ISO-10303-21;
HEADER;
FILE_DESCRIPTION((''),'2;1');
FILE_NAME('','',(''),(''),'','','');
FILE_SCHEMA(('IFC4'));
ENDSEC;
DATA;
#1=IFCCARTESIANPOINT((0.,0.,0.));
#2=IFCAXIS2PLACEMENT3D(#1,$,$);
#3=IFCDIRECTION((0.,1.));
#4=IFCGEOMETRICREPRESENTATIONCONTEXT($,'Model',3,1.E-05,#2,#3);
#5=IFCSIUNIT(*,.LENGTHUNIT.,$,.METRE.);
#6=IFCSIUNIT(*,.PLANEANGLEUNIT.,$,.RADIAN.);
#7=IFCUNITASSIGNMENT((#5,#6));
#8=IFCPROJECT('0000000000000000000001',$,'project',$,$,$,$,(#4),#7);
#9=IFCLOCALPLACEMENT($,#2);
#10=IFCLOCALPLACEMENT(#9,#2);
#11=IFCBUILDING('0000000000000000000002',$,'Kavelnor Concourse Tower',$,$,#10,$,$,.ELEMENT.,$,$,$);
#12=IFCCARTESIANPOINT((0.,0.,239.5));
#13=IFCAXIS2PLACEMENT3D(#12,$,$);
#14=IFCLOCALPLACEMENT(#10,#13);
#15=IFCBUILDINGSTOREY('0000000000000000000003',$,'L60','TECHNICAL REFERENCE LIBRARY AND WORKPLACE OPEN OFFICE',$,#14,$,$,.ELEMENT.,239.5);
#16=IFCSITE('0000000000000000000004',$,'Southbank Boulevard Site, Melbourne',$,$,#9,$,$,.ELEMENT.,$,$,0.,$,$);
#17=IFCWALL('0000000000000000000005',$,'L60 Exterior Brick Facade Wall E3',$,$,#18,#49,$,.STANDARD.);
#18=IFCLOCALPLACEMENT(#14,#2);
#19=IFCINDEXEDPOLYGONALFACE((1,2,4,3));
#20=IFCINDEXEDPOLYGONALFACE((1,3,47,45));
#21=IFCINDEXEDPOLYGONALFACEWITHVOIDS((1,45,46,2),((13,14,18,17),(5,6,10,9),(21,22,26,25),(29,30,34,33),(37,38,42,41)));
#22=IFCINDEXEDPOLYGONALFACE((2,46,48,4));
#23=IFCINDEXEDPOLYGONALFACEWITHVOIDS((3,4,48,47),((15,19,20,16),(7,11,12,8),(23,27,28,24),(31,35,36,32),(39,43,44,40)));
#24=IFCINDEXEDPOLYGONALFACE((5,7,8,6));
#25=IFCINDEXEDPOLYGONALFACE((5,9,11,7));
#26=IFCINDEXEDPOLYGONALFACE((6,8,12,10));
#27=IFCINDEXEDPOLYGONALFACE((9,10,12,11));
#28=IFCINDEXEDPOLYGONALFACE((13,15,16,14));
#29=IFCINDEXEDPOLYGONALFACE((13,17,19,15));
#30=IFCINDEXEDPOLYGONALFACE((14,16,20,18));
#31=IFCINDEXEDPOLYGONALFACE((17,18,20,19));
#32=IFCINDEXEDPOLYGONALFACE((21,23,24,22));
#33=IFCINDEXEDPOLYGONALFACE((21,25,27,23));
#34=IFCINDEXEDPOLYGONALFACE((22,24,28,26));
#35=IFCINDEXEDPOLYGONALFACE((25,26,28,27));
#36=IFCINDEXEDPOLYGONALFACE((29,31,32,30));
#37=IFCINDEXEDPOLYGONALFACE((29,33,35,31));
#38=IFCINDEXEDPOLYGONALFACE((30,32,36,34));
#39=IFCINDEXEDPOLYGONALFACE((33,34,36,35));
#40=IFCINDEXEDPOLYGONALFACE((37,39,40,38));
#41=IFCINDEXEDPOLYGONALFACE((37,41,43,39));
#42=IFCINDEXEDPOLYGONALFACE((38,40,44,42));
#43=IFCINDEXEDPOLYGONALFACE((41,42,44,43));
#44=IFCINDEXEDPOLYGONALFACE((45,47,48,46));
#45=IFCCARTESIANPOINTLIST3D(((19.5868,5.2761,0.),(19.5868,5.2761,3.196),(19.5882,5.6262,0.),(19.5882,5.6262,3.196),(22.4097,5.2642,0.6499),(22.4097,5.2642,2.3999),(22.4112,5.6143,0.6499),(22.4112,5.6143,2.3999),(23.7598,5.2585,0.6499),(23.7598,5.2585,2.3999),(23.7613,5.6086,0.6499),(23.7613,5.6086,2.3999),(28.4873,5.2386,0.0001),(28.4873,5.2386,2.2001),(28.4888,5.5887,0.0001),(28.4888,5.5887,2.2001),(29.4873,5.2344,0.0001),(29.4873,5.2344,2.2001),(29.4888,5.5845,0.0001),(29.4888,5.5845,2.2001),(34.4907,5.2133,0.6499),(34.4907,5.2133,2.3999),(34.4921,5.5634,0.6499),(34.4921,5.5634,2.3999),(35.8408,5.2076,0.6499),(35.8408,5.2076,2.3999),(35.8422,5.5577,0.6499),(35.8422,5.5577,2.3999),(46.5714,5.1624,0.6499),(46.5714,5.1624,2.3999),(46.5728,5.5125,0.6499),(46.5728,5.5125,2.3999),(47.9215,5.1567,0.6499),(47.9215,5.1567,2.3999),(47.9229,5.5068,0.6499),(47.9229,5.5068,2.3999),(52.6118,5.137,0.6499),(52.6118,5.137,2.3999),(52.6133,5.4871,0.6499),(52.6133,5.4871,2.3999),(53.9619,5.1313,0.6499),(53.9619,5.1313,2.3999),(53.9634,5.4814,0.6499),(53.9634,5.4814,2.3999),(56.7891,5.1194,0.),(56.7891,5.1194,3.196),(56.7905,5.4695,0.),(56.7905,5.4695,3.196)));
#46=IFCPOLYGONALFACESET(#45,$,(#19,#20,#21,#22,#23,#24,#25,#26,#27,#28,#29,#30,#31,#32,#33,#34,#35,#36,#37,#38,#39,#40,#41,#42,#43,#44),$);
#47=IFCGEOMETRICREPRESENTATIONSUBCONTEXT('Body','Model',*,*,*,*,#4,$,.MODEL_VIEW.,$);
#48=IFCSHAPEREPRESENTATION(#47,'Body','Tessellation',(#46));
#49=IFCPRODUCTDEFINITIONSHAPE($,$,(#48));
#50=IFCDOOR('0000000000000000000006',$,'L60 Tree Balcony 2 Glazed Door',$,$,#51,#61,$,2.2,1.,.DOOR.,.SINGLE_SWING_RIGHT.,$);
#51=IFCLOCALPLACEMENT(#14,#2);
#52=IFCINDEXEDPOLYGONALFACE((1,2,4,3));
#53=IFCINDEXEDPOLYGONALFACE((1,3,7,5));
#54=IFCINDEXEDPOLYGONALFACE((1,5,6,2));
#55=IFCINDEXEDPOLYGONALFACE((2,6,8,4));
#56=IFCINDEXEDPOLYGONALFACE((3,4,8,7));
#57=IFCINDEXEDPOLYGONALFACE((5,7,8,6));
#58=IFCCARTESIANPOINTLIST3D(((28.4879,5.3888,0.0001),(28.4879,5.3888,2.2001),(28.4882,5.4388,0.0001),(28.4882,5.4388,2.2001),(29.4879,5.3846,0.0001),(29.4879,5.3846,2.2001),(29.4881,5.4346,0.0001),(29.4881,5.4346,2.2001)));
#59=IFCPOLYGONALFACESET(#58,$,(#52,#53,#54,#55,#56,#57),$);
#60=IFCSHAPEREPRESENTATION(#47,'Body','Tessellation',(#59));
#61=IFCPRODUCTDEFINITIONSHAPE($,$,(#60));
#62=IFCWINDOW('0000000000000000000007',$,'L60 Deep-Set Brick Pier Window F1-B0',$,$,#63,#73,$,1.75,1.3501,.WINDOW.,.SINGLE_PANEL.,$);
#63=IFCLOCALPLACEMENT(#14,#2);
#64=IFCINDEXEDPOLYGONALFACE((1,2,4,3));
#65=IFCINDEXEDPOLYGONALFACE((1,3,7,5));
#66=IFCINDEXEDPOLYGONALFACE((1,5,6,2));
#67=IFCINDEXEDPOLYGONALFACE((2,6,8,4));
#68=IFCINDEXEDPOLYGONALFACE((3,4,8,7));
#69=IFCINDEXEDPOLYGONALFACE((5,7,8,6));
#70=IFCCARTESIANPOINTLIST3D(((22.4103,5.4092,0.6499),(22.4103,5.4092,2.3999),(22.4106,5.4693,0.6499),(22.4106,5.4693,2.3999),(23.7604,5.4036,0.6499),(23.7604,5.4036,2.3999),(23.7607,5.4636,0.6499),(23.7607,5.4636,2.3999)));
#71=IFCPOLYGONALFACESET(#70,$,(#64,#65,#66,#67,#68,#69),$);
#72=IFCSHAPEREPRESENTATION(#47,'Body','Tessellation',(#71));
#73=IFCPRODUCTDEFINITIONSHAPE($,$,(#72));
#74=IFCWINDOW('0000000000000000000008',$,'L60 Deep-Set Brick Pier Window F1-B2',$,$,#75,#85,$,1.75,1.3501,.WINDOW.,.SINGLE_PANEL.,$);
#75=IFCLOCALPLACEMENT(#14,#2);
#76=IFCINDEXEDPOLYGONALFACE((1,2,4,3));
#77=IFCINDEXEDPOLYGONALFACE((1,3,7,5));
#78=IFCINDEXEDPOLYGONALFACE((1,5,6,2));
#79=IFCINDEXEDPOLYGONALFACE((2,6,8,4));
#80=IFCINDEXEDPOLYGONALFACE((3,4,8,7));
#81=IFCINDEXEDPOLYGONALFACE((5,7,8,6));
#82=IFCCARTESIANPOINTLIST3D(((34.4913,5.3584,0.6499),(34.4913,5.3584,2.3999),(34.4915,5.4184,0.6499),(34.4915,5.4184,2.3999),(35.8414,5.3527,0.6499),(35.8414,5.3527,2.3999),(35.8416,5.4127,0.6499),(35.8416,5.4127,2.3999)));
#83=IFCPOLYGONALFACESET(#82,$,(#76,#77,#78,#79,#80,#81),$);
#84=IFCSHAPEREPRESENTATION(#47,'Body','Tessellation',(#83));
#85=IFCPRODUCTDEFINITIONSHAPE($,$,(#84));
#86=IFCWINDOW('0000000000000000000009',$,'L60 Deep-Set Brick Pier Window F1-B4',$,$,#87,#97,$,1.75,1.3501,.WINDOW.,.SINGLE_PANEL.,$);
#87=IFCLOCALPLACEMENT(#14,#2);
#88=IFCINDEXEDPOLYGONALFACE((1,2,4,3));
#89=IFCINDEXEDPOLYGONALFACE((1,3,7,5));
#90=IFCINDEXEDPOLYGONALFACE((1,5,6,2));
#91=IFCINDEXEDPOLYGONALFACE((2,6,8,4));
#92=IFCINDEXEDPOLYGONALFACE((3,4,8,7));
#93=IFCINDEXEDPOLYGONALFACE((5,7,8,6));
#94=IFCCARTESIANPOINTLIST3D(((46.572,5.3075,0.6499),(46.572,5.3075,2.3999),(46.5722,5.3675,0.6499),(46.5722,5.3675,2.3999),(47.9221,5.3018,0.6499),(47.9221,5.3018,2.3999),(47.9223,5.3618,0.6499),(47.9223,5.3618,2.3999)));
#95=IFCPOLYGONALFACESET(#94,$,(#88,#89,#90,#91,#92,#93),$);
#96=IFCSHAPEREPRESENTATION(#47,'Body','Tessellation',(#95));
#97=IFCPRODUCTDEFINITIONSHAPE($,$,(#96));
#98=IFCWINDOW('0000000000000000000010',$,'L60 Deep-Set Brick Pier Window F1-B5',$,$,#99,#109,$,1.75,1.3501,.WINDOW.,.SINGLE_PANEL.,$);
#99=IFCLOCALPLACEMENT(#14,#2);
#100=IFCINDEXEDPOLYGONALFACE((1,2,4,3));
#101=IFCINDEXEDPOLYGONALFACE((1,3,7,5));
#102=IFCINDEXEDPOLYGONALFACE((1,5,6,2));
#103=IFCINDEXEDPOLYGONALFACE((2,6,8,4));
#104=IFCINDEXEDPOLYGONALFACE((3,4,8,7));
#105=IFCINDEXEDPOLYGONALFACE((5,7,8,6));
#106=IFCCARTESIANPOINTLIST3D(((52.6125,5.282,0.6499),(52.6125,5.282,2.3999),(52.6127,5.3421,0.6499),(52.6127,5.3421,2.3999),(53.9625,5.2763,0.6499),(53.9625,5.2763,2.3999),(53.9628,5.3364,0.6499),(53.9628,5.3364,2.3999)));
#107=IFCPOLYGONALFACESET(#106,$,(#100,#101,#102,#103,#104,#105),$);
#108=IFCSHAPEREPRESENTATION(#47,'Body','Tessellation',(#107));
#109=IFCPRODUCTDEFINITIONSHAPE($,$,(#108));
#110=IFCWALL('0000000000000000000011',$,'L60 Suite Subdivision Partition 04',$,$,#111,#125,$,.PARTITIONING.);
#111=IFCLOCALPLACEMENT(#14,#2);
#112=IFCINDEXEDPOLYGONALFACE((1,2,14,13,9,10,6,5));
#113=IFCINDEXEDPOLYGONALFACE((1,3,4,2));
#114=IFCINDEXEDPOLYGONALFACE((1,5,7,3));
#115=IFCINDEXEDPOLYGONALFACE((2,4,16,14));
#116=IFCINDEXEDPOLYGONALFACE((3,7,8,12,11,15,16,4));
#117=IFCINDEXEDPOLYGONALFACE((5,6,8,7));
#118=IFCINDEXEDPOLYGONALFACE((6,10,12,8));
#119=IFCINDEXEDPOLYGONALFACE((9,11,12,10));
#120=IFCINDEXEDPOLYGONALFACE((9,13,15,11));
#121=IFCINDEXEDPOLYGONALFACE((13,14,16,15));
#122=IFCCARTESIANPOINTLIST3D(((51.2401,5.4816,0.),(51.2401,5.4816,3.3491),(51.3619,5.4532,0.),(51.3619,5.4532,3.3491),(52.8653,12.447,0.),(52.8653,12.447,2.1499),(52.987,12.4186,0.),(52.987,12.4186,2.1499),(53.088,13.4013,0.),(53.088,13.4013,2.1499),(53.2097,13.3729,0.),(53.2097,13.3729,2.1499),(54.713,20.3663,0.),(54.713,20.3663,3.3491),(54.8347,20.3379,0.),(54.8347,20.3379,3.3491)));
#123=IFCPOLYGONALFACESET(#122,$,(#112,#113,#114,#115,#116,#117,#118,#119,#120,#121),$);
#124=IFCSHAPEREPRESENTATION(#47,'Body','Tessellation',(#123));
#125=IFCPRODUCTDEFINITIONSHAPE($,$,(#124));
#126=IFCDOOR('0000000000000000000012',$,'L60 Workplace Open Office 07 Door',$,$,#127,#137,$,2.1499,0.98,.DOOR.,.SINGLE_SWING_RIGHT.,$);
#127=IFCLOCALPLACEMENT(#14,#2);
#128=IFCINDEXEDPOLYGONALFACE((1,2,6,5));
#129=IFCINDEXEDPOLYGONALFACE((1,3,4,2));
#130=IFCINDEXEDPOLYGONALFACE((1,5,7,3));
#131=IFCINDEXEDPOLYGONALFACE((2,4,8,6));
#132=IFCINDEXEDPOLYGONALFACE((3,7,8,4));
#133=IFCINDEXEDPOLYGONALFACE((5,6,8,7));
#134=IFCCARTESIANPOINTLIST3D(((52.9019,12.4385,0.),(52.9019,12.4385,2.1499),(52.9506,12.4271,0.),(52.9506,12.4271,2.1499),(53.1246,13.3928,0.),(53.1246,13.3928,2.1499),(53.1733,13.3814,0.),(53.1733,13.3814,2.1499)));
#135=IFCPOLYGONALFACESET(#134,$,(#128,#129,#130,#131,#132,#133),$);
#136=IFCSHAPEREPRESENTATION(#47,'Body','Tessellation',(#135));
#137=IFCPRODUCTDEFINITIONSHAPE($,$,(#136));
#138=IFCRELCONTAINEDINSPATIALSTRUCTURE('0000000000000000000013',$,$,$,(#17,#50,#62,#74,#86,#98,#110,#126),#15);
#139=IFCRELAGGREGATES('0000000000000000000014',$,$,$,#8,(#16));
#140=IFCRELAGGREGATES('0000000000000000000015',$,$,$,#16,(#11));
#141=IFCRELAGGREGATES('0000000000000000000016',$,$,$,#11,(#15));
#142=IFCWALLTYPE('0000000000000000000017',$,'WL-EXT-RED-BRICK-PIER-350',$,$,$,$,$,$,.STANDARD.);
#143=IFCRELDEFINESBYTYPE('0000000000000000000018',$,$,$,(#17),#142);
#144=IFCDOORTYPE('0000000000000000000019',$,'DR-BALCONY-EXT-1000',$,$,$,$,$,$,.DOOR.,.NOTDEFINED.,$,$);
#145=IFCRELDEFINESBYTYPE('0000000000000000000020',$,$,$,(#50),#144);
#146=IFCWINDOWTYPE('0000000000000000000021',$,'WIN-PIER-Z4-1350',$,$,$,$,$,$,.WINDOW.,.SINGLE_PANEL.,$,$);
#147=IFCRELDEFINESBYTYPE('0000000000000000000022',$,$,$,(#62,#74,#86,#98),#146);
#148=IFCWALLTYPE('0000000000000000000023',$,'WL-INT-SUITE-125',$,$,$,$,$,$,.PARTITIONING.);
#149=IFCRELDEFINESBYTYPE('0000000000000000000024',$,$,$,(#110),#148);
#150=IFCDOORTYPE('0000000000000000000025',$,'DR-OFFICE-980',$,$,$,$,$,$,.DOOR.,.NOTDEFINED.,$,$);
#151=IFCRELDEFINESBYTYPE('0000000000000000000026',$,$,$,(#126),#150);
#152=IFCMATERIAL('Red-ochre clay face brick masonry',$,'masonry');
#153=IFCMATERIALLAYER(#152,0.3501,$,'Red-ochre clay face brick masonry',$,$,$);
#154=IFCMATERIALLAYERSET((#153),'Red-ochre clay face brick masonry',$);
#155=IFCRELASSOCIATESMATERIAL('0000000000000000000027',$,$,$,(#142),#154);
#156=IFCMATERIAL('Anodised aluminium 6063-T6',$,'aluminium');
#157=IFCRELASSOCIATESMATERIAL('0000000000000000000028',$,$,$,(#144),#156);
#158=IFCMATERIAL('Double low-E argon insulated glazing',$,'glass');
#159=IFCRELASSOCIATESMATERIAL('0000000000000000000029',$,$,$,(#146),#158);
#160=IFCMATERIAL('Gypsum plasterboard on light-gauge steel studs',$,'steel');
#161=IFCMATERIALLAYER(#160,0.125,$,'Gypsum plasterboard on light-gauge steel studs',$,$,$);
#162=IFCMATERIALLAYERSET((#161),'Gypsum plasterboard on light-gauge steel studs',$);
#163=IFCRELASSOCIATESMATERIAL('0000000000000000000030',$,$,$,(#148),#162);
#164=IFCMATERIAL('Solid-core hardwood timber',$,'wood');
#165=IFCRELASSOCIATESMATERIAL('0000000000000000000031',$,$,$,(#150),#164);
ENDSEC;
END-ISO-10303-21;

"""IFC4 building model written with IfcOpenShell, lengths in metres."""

from ifc_helpers import new_model, si_unit, direction, frame, frame_2d, origin, place, context, subcontext, project, spatial, rectangle, extrude, material, layer, layer_set, type_object, element, fill, save


model = new_model("IFC4")

# Units and contexts
model_context = context("Model", 3, precision=1e-05, world=origin(), true_north=direction((0.0, 1.0)))
body_context = subcontext(model_context, "Body", "Model", "MODEL_VIEW")
ifc_project = project(units=[si_unit("LENGTHUNIT", "METRE"), si_unit("PLANEANGLEUNIT", "RADIAN")], contexts=[model_context])

# Site, building, storey
site_placement = place(None, origin())
site = spatial("IfcSite", under=ifc_project, at=site_placement, Name="Southbank Boulevard Site, Melbourne", CompositionType="ELEMENT", RefElevation=0.0)
building_placement = place(site_placement, origin())
building = spatial("IfcBuilding", under=site, at=building_placement, Name="Kavelnor Concourse Tower", CompositionType="ELEMENT")
storey_placement = place(building_placement, frame((0.0, 0.0, 239.5)))
storey = spatial("IfcBuildingStorey", under=building, at=storey_placement, Name="L60", Description="TECHNICAL REFERENCE LIBRARY AND WORKPLACE OPEN OFFICE", CompositionType="ELEMENT", Elevation=239.5)

# Shared definitions
ifc_material_1 = material(Name="Double low-E argon insulated glazing", Category="glass")

# Wall, openings, door, windows
ifc_material_2 = material(Name="Red-ochre clay face brick masonry", Category="masonry")
ifc_layer_1 = layer(ifc_material_2, 0.3501, Name="Red-ochre clay face brick masonry")
ifc_layer_set_1 = layer_set([ifc_layer_1], Name="Red-ochre clay face brick masonry")
wall_type_1 = type_object("IfcWallType", Name="WL-EXT-RED-BRICK-PIER-350", PredefinedType="STANDARD", material=ifc_layer_set_1)
wall_1_placement = place(storey_placement, frame((56.7898, 5.2944, 0.0), z_axis=(0.0, 0.0, 1.0), x_axis=(-0.999991, 0.004213, 0.0)))
wall_1 = element("IfcWall", 1, at=wall_1_placement, inside=storey, type_object=wall_type_1, Name="L60 Exterior Brick Facade Wall E3", PredefinedType="STANDARD", context=body_context, shape_type="SweptSolid", body=[
    extrude(rectangle(XDim=37.2026, YDim=0.3501, at=frame_2d((18.6013, 0.0))), origin(), (0.0, 0.0, 1.0), 3.196),
])
opening_1_placement = place(wall_1_placement, frame((27.302, 0.0, 0.0)))
opening_1 = element("IfcOpeningElement", 2, at=opening_1_placement, cuts=wall_1, PredefinedType="OPENING", context=body_context, shape_type="SweptSolid", body=[
    extrude(rectangle(XDim=1.0, YDim=2.2, at=frame_2d((0.5, 1.1001))), frame((0.0, 0.1851, 0.0), z_axis=(0.0, -1.0, 0.0), x_axis=(1.0, 0.0, 0.0)), (0.0, 0.0, 1.0), 0.3701),
])
opening_2_placement = place(wall_1_placement, frame((33.0295, 0.0, 0.6499)))
opening_2 = element("IfcOpeningElement", 3, at=opening_2_placement, cuts=wall_1, PredefinedType="OPENING", context=body_context, shape_type="SweptSolid", body=[
    extrude(rectangle(XDim=1.3501, YDim=1.75, at=frame_2d((0.675, 0.875))), frame((0.0, 0.1851, 0.0), z_axis=(0.0, -1.0, 0.0), x_axis=(1.0, 0.0, 0.0)), (0.0, 0.0, 1.0), 0.3701),
])
opening_3_placement = place(wall_1_placement, frame((20.9485, 0.0, 0.6499)))
opening_3 = element("IfcOpeningElement", 4, at=opening_3_placement, cuts=wall_1, PredefinedType="OPENING", context=body_context, shape_type="SweptSolid", body=[
    extrude(rectangle(XDim=1.3501, YDim=1.75, at=frame_2d((0.675, 0.875))), frame((0.0, 0.1851, 0.0), z_axis=(0.0, -1.0, 0.0), x_axis=(1.0, 0.0, 0.0)), (0.0, 0.0, 1.0), 0.3701),
])
opening_4_placement = place(wall_1_placement, frame((8.8677, 0.0, 0.6499)))
opening_4 = element("IfcOpeningElement", 5, at=opening_4_placement, cuts=wall_1, PredefinedType="OPENING", context=body_context, shape_type="SweptSolid", body=[
    extrude(rectangle(XDim=1.3501, YDim=1.75, at=frame_2d((0.675, 0.875))), frame((0.0, 0.1851, 0.0), z_axis=(0.0, -1.0, 0.0), x_axis=(1.0, 0.0, 0.0)), (0.0, 0.0, 1.0), 0.3701),
])
opening_5_placement = place(wall_1_placement, frame((2.8271, 0.0, 0.6499)))
opening_5 = element("IfcOpeningElement", 6, at=opening_5_placement, cuts=wall_1, PredefinedType="OPENING", context=body_context, shape_type="SweptSolid", body=[
    extrude(rectangle(XDim=1.3501, YDim=1.75, at=frame_2d((0.675, 0.875))), frame((0.0, 0.1851, 0.0), z_axis=(0.0, -1.0, 0.0), x_axis=(1.0, 0.0, 0.0)), (0.0, 0.0, 1.0), 0.3701),
])
ifc_material_3 = material(Name="Anodised aluminium 6063-T6", Category="aluminium")
door_type_1 = type_object("IfcDoorType", Name="DR-BALCONY-EXT-1000", OperationType="NOTDEFINED", PredefinedType="DOOR", material=ifc_material_3)
door_1_placement = place(opening_1_placement, origin())
door_1 = element("IfcDoor", 7, at=door_1_placement, inside=storey, type_object=door_type_1, Name="L60 Tree Balcony 2 Glazed Door", OperationType="SINGLE_SWING_RIGHT", OverallHeight=2.2, OverallWidth=1.0, PredefinedType="DOOR", context=body_context, shape_type="SweptSolid", body=[
    extrude(rectangle(XDim=1.0, YDim=2.2, at=frame_2d((0.5, 1.1001))), frame((0.0, 0.0249, 0.0), z_axis=(0.0, -1.0, 0.0), x_axis=(1.0, 0.0, 0.0)), (0.0, 0.0, 1.0), 0.05),
])
fill(opening_1, door_1)
window_type_1 = type_object("IfcWindowType", Name="WIN-PIER-Z4-1350", PartitioningType="SINGLE_PANEL", PredefinedType="WINDOW", material=ifc_material_1)
window_1_placement = place(opening_2_placement, origin())
window_1 = element("IfcWindow", 8, at=window_1_placement, inside=storey, type_object=window_type_1, Name="L60 Deep-Set Brick Pier Window F1-B0", OverallHeight=1.75, OverallWidth=1.3501, PartitioningType="SINGLE_PANEL", PredefinedType="WINDOW", context=body_context, shape_type="SweptSolid", body=[
    extrude(rectangle(XDim=1.3501, YDim=1.75, at=frame_2d((0.675, 0.875))), frame((0.0, 0.03, 0.0), z_axis=(0.0, -1.0, 0.0), x_axis=(1.0, 0.0, 0.0)), (0.0, 0.0, 1.0), 0.0601),
])
fill(opening_2, window_1)
window_2_placement = place(opening_3_placement, origin())
window_2 = element("IfcWindow", 9, at=window_2_placement, inside=storey, type_object=window_type_1, Name="L60 Deep-Set Brick Pier Window F1-B2", OverallHeight=1.75, OverallWidth=1.3501, PartitioningType="SINGLE_PANEL", PredefinedType="WINDOW", context=body_context, shape_type="SweptSolid", body=[
    extrude(rectangle(XDim=1.3501, YDim=1.75, at=frame_2d((0.675, 0.875))), frame((0.0, 0.03, 0.0), z_axis=(0.0, -1.0, 0.0), x_axis=(1.0, 0.0, 0.0)), (0.0, 0.0, 1.0), 0.0601),
])
fill(opening_3, window_2)
window_3_placement = place(opening_4_placement, origin())
window_3 = element("IfcWindow", 10, at=window_3_placement, inside=storey, type_object=window_type_1, Name="L60 Deep-Set Brick Pier Window F1-B4", OverallHeight=1.75, OverallWidth=1.3501, PartitioningType="SINGLE_PANEL", PredefinedType="WINDOW", context=body_context, shape_type="SweptSolid", body=[
    extrude(rectangle(XDim=1.3501, YDim=1.75, at=frame_2d((0.675, 0.875))), frame((0.0, 0.03, 0.0), z_axis=(0.0, -1.0, 0.0), x_axis=(1.0, 0.0, 0.0)), (0.0, 0.0, 1.0), 0.0601),
])
fill(opening_4, window_3)
window_4_placement = place(opening_5_placement, origin())
window_4 = element("IfcWindow", 11, at=window_4_placement, inside=storey, type_object=window_type_1, Name="L60 Deep-Set Brick Pier Window F1-B5", OverallHeight=1.75, OverallWidth=1.3501, PartitioningType="SINGLE_PANEL", PredefinedType="WINDOW", context=body_context, shape_type="SweptSolid", body=[
    extrude(rectangle(XDim=1.3501, YDim=1.75, at=frame_2d((0.675, 0.875))), frame((0.0, 0.03, 0.0), z_axis=(0.0, -1.0, 0.0), x_axis=(1.0, 0.0, 0.0)), (0.0, 0.0, 1.0), 0.0601),
])
fill(opening_5, window_4)

# Wall, opening, door
ifc_material_4 = material(Name="Gypsum plasterboard on light-gauge steel studs", Category="steel")
ifc_layer_2 = layer(ifc_material_4, 0.125, Name="Gypsum plasterboard on light-gauge steel studs")
ifc_layer_set_2 = layer_set([ifc_layer_2], Name="Gypsum plasterboard on light-gauge steel studs")
wall_type_2 = type_object("IfcWallType", Name="WL-INT-SUITE-125", PredefinedType="PARTITIONING", material=ifc_layer_set_2)
wall_2_placement = place(storey_placement, frame((51.301, 5.4675, 0.0), z_axis=(0.0, 0.0, 1.0), x_axis=(0.227216, 0.973844, 0.0)))
wall_2 = element("IfcWall", 12, at=wall_2_placement, inside=storey, type_object=wall_type_2, Name="L60 Suite Subdivision Partition 04", PredefinedType="PARTITIONING", context=body_context, shape_type="SweptSolid", body=[
    extrude(rectangle(XDim=15.2844, YDim=0.125, at=frame_2d((7.6421, 0.0))), origin(), (0.0, 0.0, 1.0), 3.3491),
])
opening_6_placement = place(wall_2_placement, frame((7.1523, 0.0, 0.0)))
opening_6 = element("IfcOpeningElement", 13, at=opening_6_placement, cuts=wall_2, PredefinedType="OPENING", context=body_context, shape_type="SweptSolid", body=[
    extrude(rectangle(XDim=0.98, YDim=2.1499, at=frame_2d((0.49, 1.075))), frame((0.0, 0.0725, 0.0), z_axis=(0.0, -1.0, 0.0), x_axis=(1.0, 0.0, 0.0)), (0.0, 0.0, 1.0), 0.145),
])
ifc_material_5 = material(Name="Solid-core hardwood timber", Category="wood")
door_type_2 = type_object("IfcDoorType", Name="DR-OFFICE-980", OperationType="NOTDEFINED", PredefinedType="DOOR", material=ifc_material_5)
door_2_placement = place(opening_6_placement, origin())
door_2 = element("IfcDoor", 14, at=door_2_placement, inside=storey, type_object=door_type_2, Name="L60 Workplace Open Office 07 Door", OperationType="SINGLE_SWING_RIGHT", OverallHeight=2.1499, OverallWidth=0.98, PredefinedType="DOOR", context=body_context, shape_type="SweptSolid", body=[
    extrude(rectangle(XDim=0.98, YDim=2.1499, at=frame_2d((0.49, 1.075))), frame((0.0, 0.0249, 0.0), z_axis=(0.0, -1.0, 0.0), x_axis=(1.0, 0.0, 0.0)), (0.0, 0.0, 1.0), 0.05),
])
fill(opening_6, door_2)

save(model, "model.ifc")
